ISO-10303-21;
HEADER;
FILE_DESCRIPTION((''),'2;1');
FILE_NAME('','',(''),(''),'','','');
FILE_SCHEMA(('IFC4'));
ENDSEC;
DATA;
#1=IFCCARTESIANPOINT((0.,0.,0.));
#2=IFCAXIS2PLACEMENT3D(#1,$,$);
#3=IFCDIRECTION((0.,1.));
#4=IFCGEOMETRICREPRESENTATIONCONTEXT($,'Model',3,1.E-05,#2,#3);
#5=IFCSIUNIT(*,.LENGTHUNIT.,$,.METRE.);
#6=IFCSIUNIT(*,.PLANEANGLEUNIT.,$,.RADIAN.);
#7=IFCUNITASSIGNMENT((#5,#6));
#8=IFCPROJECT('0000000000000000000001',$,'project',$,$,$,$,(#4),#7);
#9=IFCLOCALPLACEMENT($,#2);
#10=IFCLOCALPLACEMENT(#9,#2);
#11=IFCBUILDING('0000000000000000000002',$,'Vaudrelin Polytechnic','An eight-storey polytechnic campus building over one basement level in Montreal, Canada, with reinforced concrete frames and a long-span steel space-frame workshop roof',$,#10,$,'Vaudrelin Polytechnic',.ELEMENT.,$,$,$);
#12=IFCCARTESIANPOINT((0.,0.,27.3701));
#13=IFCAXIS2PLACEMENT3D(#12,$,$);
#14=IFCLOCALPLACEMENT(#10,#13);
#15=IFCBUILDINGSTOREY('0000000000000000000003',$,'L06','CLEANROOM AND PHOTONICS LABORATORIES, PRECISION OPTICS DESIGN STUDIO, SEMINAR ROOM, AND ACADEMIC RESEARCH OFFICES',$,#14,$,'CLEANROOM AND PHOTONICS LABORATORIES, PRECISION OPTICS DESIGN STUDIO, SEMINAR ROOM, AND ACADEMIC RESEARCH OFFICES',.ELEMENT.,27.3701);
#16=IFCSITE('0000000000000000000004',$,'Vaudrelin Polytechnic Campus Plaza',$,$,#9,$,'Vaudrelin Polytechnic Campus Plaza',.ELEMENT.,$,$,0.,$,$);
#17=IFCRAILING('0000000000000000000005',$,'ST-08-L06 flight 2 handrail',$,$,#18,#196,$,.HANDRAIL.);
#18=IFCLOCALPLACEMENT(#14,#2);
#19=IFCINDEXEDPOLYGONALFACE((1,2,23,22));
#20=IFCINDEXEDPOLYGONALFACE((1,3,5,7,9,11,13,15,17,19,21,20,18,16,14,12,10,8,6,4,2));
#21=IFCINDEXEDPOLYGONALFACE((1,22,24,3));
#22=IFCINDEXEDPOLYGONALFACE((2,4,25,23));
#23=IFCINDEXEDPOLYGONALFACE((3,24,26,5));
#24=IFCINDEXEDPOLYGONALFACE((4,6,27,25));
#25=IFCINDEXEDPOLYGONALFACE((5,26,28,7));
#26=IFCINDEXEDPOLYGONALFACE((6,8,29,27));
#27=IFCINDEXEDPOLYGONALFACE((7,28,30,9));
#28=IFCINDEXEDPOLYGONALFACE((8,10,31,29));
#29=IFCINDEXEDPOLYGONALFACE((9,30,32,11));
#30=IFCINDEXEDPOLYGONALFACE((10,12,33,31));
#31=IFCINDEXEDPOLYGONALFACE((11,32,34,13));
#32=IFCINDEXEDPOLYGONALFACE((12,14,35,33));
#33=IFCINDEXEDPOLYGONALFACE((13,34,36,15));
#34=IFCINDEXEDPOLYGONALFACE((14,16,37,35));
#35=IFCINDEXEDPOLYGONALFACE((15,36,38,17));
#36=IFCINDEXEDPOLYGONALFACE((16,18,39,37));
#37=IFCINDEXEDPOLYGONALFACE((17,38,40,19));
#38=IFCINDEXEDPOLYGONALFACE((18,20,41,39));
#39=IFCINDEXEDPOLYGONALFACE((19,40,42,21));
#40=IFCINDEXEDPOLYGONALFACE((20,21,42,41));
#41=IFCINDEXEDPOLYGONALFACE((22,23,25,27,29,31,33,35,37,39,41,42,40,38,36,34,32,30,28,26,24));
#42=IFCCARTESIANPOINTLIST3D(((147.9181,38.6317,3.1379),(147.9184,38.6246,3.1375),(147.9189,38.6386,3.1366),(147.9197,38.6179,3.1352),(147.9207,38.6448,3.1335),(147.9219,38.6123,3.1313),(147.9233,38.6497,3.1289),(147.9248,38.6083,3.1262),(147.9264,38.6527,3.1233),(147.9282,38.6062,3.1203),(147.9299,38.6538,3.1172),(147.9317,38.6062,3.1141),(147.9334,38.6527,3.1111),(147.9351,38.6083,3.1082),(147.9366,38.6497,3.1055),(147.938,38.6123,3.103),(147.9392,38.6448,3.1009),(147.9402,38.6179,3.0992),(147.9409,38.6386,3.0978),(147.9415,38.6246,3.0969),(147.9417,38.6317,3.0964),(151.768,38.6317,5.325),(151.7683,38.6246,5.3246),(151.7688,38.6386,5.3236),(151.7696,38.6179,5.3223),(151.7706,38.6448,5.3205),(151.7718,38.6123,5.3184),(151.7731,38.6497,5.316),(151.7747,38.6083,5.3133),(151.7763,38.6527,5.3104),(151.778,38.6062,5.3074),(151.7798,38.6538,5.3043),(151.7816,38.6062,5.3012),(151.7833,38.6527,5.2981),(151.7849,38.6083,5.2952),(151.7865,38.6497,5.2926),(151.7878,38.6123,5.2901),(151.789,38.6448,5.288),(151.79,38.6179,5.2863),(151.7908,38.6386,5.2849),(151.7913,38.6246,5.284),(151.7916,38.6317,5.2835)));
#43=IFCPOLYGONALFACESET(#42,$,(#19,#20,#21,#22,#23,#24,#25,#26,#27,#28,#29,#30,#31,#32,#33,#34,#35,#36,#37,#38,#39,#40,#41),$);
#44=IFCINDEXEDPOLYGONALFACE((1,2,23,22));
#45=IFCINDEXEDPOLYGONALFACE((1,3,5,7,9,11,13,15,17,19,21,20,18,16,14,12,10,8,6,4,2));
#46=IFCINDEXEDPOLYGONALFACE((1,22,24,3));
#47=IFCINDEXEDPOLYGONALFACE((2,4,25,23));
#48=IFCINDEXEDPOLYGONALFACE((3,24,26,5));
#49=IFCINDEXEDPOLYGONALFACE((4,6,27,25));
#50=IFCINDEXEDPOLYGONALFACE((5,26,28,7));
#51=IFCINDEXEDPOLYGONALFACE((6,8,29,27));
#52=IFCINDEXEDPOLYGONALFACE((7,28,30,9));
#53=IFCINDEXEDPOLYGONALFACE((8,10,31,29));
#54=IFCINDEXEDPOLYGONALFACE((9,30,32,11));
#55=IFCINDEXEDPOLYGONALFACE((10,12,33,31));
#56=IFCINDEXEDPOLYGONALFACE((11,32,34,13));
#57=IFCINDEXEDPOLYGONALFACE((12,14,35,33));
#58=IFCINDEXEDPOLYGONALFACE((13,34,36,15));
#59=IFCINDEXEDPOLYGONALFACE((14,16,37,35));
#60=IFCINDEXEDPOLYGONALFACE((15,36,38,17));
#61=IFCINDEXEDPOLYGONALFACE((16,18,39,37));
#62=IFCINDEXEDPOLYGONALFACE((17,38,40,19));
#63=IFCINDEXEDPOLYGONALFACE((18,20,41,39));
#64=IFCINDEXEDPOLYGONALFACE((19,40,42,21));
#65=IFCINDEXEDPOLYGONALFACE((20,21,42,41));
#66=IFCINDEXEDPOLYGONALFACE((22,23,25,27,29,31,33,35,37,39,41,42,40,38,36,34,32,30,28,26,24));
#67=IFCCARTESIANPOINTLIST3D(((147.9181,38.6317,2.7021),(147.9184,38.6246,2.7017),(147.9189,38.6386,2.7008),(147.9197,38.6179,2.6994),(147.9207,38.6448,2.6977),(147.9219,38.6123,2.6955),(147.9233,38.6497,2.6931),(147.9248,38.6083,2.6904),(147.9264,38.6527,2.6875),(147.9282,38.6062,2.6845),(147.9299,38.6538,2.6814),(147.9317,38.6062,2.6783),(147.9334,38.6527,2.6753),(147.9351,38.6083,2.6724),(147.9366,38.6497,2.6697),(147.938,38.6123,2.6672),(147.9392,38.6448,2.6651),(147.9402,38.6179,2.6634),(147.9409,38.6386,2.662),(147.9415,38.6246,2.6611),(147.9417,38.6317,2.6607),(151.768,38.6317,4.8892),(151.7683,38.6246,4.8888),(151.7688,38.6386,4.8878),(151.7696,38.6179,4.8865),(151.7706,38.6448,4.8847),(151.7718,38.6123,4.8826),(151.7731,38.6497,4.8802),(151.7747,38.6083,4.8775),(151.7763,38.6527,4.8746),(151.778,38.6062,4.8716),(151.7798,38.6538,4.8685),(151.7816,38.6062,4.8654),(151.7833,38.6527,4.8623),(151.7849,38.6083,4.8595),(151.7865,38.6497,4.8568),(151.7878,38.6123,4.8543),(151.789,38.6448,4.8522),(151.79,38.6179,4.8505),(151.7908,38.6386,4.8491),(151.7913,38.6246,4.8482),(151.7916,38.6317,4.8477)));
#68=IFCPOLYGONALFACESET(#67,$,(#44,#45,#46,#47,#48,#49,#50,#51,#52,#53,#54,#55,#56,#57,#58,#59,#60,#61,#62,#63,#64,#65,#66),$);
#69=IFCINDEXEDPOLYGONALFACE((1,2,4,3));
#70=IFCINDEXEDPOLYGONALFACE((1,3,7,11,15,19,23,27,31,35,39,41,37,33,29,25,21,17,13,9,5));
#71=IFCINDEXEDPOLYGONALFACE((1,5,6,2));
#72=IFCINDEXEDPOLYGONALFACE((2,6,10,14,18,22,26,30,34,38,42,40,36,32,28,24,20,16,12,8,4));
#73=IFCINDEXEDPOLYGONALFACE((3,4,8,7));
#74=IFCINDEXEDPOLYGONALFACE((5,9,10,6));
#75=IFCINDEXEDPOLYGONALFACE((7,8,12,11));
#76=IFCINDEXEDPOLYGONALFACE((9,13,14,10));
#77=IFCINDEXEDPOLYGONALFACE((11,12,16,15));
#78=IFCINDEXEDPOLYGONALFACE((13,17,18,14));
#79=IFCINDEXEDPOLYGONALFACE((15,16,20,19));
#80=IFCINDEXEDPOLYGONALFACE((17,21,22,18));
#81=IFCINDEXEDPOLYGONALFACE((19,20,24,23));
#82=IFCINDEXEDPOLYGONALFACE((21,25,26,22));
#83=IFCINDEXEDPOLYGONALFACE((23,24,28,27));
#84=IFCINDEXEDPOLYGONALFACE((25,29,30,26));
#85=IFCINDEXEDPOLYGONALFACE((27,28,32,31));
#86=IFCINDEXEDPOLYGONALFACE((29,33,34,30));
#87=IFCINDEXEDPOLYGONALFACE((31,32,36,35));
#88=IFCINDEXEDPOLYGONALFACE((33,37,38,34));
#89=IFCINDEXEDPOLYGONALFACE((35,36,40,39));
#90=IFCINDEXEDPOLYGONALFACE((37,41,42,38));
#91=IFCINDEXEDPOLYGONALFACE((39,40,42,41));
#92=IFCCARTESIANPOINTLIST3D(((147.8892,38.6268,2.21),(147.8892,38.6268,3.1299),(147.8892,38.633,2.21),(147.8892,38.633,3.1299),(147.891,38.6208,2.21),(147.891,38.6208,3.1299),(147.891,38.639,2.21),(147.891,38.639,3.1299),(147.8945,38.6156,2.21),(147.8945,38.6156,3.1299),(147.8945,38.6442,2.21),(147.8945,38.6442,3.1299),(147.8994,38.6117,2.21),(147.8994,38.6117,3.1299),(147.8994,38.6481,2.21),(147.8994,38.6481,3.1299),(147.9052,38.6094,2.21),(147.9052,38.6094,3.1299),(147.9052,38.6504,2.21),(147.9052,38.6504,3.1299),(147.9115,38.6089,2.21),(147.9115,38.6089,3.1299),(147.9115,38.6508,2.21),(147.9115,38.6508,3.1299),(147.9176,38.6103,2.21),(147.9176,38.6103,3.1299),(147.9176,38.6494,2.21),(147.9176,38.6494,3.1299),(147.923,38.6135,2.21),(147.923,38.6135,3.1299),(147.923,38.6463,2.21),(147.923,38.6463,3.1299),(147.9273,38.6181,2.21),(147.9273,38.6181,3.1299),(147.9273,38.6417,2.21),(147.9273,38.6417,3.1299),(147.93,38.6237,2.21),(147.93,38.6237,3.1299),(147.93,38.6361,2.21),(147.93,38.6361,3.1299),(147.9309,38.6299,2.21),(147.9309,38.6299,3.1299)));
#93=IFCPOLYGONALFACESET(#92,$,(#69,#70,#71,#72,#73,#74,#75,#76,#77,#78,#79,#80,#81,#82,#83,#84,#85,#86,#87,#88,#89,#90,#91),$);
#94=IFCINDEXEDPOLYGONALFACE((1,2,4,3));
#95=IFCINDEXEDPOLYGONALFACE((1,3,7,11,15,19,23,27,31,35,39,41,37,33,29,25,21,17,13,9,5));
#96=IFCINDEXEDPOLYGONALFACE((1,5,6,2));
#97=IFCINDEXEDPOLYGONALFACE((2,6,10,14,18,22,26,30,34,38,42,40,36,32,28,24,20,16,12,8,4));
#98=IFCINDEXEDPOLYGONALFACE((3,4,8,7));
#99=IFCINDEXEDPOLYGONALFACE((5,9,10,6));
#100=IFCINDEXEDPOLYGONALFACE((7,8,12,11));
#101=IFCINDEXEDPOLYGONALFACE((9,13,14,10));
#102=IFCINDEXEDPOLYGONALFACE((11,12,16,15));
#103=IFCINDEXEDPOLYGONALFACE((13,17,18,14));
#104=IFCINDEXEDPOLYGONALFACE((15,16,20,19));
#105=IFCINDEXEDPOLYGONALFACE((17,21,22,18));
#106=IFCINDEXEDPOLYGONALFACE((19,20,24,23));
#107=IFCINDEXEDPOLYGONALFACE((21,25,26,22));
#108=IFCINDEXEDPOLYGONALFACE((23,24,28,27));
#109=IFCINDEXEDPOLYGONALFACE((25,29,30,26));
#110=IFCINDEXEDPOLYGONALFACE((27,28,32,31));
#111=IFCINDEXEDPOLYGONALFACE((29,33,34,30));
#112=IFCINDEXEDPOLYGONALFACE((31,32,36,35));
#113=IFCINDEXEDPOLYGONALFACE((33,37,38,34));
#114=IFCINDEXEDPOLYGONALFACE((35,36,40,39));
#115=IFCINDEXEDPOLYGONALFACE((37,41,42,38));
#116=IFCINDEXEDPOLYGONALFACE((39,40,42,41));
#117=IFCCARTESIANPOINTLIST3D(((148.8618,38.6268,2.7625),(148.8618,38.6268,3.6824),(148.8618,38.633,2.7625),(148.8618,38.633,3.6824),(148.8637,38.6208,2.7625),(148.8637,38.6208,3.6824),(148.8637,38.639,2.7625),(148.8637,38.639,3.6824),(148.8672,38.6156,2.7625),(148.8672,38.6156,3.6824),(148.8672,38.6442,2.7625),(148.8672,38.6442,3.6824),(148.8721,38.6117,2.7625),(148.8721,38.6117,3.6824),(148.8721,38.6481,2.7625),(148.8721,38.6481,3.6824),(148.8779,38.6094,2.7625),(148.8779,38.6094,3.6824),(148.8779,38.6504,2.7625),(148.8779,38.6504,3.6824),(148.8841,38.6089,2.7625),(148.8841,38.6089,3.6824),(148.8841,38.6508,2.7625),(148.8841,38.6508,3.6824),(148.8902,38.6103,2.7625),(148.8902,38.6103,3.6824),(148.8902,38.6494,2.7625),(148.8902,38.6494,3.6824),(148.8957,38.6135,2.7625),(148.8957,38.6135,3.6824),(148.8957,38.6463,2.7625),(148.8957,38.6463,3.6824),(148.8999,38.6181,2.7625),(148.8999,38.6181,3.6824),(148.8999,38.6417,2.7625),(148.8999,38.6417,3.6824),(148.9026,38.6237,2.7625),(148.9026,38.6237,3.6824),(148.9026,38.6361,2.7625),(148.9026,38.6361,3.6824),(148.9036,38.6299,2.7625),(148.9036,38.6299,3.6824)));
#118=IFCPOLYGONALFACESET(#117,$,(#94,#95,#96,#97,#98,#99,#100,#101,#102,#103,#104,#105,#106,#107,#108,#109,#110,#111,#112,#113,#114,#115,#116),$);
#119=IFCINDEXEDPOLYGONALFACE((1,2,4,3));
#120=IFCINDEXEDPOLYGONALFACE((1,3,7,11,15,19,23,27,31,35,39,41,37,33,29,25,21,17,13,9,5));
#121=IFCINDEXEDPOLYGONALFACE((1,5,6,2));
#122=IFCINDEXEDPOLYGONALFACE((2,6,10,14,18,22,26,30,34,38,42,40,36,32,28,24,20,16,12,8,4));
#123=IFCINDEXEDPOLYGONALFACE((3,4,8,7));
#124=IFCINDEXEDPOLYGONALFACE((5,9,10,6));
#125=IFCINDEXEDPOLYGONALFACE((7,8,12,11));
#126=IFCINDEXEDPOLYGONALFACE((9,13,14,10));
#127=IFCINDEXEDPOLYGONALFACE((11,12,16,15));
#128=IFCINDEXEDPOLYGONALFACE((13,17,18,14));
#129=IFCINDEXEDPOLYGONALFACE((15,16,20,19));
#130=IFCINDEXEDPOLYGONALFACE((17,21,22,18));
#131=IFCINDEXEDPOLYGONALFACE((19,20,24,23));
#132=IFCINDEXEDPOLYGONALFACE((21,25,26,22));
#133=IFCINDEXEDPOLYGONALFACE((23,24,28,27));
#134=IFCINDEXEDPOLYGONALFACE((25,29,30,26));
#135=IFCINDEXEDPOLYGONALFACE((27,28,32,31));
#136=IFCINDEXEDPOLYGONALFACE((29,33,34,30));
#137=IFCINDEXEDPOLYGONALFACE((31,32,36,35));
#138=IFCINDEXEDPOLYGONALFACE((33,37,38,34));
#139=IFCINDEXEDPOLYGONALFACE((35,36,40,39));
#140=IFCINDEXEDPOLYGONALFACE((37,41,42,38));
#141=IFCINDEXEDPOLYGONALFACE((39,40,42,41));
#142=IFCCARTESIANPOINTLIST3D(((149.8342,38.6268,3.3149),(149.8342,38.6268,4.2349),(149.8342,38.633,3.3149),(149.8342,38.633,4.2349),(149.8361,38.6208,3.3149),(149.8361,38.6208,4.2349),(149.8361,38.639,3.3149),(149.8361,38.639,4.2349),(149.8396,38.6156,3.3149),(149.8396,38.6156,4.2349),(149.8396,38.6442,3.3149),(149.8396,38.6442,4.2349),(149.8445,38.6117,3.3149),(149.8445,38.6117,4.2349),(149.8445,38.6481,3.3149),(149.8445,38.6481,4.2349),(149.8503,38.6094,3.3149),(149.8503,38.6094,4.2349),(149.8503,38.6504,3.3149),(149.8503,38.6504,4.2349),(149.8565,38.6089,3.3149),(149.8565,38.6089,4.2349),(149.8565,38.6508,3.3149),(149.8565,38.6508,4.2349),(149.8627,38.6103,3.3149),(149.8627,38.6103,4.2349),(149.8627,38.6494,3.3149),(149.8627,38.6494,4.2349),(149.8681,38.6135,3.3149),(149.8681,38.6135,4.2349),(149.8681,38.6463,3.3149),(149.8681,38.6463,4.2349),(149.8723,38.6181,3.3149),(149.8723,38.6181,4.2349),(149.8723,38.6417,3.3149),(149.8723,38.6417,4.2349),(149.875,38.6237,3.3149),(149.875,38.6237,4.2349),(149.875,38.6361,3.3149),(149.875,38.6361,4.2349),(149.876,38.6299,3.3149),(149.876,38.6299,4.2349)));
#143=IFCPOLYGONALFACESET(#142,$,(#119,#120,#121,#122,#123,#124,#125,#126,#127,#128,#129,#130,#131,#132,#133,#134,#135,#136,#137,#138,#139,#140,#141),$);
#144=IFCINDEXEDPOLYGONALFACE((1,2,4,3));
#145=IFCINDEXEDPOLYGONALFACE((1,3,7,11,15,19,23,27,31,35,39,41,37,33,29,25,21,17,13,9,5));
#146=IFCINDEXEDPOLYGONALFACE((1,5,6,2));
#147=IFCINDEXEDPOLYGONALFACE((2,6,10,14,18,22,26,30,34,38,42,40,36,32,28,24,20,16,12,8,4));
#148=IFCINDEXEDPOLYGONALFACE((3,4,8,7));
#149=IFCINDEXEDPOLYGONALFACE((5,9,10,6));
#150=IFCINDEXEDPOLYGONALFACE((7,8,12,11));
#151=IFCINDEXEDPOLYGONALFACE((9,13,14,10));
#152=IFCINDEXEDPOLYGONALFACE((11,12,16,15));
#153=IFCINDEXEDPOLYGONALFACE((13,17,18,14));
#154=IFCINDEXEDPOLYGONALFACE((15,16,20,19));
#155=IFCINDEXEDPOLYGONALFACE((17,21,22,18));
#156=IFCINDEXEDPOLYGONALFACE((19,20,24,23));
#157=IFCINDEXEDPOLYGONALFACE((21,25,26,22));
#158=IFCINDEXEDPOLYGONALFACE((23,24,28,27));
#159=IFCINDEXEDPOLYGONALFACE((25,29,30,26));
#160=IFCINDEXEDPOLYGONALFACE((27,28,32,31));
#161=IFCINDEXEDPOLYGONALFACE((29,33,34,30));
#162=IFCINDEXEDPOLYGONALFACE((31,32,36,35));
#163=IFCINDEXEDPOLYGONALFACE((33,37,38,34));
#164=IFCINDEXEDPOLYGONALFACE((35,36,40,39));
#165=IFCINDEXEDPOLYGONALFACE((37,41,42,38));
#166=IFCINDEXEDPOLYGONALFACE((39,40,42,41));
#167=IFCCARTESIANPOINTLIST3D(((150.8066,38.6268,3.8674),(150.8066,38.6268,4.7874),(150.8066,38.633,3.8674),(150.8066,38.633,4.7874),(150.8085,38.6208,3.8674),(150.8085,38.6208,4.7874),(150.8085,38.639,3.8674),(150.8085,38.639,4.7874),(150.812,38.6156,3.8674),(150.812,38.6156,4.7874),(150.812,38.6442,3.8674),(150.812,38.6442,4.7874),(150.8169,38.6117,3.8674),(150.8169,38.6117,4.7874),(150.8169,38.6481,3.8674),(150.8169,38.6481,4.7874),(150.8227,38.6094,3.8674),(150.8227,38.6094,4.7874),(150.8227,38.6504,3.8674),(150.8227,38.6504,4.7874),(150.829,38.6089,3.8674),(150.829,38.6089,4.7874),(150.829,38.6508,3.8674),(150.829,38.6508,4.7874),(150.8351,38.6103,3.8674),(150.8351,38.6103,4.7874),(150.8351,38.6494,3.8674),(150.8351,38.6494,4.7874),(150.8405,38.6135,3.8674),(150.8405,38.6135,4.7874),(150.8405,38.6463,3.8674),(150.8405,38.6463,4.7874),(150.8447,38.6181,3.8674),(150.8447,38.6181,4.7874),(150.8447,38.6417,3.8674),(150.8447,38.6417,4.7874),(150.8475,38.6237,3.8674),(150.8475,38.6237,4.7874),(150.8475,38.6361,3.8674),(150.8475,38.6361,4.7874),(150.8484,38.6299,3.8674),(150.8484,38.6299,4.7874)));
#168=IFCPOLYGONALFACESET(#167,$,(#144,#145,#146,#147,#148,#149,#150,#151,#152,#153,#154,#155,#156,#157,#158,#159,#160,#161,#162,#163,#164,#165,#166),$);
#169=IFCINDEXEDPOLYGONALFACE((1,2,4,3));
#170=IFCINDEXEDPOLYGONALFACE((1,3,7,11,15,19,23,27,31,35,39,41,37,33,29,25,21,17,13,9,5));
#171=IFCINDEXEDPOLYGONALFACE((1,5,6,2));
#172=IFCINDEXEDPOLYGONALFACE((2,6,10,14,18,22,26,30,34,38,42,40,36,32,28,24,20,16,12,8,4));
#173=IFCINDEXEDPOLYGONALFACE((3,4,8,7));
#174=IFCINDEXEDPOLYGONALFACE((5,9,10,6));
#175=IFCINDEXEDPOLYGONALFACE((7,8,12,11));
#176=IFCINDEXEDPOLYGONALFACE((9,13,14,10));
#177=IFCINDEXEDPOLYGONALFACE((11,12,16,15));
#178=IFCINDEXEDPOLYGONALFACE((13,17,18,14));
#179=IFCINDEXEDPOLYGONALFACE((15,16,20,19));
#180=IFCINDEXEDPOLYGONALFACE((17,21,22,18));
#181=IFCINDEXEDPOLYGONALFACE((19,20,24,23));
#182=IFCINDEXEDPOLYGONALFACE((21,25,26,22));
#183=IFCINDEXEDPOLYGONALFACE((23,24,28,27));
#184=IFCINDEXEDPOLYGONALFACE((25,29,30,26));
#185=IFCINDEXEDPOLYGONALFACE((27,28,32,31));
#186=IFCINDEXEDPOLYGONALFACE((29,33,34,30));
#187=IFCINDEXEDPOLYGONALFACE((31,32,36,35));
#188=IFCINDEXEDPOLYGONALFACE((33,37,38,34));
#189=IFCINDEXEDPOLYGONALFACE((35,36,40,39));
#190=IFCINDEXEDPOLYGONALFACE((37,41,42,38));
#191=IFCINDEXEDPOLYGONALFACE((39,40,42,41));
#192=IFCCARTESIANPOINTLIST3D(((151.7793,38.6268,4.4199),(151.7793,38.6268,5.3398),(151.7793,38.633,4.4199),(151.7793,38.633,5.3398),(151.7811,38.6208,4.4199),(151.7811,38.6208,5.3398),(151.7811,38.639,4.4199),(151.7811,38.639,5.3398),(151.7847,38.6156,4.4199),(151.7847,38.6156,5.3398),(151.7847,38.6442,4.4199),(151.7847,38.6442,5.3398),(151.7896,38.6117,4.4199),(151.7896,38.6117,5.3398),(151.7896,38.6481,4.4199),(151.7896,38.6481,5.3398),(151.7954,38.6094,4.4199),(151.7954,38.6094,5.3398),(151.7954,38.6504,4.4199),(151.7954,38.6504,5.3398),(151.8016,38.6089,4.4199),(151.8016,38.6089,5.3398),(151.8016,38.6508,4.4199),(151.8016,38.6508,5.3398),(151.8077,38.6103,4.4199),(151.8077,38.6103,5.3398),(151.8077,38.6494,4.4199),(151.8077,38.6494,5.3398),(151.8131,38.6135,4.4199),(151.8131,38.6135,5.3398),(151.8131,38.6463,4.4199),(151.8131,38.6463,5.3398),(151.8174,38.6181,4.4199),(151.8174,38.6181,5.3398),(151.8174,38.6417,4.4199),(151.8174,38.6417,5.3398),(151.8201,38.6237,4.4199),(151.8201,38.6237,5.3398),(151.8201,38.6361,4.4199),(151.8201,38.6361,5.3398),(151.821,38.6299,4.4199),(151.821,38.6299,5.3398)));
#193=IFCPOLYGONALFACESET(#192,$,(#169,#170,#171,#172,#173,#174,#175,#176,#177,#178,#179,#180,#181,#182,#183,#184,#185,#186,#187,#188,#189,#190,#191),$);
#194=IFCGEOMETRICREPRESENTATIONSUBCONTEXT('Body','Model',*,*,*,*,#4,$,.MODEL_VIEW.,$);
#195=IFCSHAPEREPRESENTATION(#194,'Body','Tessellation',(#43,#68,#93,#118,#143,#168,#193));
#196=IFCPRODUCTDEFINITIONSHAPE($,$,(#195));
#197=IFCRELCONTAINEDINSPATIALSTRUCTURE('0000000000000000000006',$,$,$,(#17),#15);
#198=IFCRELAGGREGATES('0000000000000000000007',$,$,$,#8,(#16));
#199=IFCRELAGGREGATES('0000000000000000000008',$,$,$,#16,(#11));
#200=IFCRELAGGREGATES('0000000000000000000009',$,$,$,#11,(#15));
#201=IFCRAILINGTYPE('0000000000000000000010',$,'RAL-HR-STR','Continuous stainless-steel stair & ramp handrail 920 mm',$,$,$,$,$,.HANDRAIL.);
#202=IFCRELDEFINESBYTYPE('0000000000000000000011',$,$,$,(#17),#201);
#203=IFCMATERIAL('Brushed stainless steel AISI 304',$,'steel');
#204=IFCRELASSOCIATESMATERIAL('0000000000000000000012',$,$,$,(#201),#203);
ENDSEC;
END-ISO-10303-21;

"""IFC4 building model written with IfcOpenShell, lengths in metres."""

from ifc_helpers import new_model, si_unit, direction, frame, origin, origin_2d, place, context, subcontext, project, spatial, circle, extrude, material, type_object, element, save


model = new_model("IFC4")

# Units and contexts
model_context = context("Model", 3, precision=1e-05, world=origin(), true_north=direction((0.0, 1.0)))
body_context = subcontext(model_context, "Body", "Model", "MODEL_VIEW")
ifc_project = project(units=[si_unit("LENGTHUNIT", "METRE"), si_unit("PLANEANGLEUNIT", "RADIAN")], contexts=[model_context])

# Site, building, storey
site_placement = place(None, origin())
site = spatial("IfcSite", under=ifc_project, at=site_placement, Name="Vaudrelin Polytechnic Campus Plaza", LongName="Vaudrelin Polytechnic Campus Plaza", CompositionType="ELEMENT", RefElevation=0.0)
building_placement = place(site_placement, origin())
building = spatial("IfcBuilding", under=site, at=building_placement, Name="Vaudrelin Polytechnic", Description="An eight-storey polytechnic campus building over one basement level in Montreal, Canada, with reinforced concrete frames and a long-span steel space-frame workshop roof", LongName="Vaudrelin Polytechnic", CompositionType="ELEMENT")
storey_placement = place(building_placement, frame((0.0, 0.0, 27.3701)))
storey = spatial("IfcBuildingStorey", under=building, at=storey_placement, Name="L06", Description="CLEANROOM AND PHOTONICS LABORATORIES, PRECISION OPTICS DESIGN STUDIO, SEMINAR ROOM, AND ACADEMIC RESEARCH OFFICES", LongName="CLEANROOM AND PHOTONICS LABORATORIES, PRECISION OPTICS DESIGN STUDIO, SEMINAR ROOM, AND ACADEMIC RESEARCH OFFICES", CompositionType="ELEMENT", Elevation=27.3701)

# Railing
ifc_material_1 = material(Name="Brushed stainless steel AISI 304", Category="steel")
railing_type_1 = type_object("IfcRailingType", Name="RAL-HR-STR", Description="Continuous stainless-steel stair & ramp handrail 920 mm", PredefinedType="HANDRAIL", material=ifc_material_1)
railing_1_placement = place(storey_placement, frame((147.9099, 38.6299, 2.21)))
element("IfcRailing", 1, at=railing_1_placement, inside=storey, type_object=railing_type_1, Name="ST-08-L06 flight 2 handrail", PredefinedType="HANDRAIL", context=body_context, shape_type="SweptSolid", body=[
    extrude(circle(Radius=0.0239, at=origin_2d()), frame((0.02, 0.0, 0.9072), z_axis=(0.86949, 0.0, 0.493951), x_axis=(0.0, 1.0, 0.0)), (0.0, 0.0, 1.0), 4.4277),
    extrude(circle(Radius=0.0239, at=origin_2d()), frame((0.02, 0.0, 0.4714), z_axis=(0.86949, 0.0, 0.493951), x_axis=(0.0, 1.0, 0.0)), (0.0, 0.0, 1.0), 4.4277),
    extrude(circle(Radius=0.021, at=origin_2d()), origin(), (0.0, 0.0, 1.0), 0.9199),
    extrude(circle(Radius=0.021, at=origin_2d()), frame((0.9727, 0.0, 0.5525)), (0.0, 0.0, 1.0), 0.9199),
    extrude(circle(Radius=0.021, at=origin_2d()), frame((1.9451, 0.0, 1.105)), (0.0, 0.0, 1.0), 0.9199),
    extrude(circle(Radius=0.021, at=origin_2d()), frame((2.9175, 0.0, 1.6575)), (0.0, 0.0, 1.0), 0.9199),
    extrude(circle(Radius=0.021, at=origin_2d()), frame((3.8901, 0.0, 2.21)), (0.0, 0.0, 1.0), 0.9199),
])

save(model, "model.ifc")
